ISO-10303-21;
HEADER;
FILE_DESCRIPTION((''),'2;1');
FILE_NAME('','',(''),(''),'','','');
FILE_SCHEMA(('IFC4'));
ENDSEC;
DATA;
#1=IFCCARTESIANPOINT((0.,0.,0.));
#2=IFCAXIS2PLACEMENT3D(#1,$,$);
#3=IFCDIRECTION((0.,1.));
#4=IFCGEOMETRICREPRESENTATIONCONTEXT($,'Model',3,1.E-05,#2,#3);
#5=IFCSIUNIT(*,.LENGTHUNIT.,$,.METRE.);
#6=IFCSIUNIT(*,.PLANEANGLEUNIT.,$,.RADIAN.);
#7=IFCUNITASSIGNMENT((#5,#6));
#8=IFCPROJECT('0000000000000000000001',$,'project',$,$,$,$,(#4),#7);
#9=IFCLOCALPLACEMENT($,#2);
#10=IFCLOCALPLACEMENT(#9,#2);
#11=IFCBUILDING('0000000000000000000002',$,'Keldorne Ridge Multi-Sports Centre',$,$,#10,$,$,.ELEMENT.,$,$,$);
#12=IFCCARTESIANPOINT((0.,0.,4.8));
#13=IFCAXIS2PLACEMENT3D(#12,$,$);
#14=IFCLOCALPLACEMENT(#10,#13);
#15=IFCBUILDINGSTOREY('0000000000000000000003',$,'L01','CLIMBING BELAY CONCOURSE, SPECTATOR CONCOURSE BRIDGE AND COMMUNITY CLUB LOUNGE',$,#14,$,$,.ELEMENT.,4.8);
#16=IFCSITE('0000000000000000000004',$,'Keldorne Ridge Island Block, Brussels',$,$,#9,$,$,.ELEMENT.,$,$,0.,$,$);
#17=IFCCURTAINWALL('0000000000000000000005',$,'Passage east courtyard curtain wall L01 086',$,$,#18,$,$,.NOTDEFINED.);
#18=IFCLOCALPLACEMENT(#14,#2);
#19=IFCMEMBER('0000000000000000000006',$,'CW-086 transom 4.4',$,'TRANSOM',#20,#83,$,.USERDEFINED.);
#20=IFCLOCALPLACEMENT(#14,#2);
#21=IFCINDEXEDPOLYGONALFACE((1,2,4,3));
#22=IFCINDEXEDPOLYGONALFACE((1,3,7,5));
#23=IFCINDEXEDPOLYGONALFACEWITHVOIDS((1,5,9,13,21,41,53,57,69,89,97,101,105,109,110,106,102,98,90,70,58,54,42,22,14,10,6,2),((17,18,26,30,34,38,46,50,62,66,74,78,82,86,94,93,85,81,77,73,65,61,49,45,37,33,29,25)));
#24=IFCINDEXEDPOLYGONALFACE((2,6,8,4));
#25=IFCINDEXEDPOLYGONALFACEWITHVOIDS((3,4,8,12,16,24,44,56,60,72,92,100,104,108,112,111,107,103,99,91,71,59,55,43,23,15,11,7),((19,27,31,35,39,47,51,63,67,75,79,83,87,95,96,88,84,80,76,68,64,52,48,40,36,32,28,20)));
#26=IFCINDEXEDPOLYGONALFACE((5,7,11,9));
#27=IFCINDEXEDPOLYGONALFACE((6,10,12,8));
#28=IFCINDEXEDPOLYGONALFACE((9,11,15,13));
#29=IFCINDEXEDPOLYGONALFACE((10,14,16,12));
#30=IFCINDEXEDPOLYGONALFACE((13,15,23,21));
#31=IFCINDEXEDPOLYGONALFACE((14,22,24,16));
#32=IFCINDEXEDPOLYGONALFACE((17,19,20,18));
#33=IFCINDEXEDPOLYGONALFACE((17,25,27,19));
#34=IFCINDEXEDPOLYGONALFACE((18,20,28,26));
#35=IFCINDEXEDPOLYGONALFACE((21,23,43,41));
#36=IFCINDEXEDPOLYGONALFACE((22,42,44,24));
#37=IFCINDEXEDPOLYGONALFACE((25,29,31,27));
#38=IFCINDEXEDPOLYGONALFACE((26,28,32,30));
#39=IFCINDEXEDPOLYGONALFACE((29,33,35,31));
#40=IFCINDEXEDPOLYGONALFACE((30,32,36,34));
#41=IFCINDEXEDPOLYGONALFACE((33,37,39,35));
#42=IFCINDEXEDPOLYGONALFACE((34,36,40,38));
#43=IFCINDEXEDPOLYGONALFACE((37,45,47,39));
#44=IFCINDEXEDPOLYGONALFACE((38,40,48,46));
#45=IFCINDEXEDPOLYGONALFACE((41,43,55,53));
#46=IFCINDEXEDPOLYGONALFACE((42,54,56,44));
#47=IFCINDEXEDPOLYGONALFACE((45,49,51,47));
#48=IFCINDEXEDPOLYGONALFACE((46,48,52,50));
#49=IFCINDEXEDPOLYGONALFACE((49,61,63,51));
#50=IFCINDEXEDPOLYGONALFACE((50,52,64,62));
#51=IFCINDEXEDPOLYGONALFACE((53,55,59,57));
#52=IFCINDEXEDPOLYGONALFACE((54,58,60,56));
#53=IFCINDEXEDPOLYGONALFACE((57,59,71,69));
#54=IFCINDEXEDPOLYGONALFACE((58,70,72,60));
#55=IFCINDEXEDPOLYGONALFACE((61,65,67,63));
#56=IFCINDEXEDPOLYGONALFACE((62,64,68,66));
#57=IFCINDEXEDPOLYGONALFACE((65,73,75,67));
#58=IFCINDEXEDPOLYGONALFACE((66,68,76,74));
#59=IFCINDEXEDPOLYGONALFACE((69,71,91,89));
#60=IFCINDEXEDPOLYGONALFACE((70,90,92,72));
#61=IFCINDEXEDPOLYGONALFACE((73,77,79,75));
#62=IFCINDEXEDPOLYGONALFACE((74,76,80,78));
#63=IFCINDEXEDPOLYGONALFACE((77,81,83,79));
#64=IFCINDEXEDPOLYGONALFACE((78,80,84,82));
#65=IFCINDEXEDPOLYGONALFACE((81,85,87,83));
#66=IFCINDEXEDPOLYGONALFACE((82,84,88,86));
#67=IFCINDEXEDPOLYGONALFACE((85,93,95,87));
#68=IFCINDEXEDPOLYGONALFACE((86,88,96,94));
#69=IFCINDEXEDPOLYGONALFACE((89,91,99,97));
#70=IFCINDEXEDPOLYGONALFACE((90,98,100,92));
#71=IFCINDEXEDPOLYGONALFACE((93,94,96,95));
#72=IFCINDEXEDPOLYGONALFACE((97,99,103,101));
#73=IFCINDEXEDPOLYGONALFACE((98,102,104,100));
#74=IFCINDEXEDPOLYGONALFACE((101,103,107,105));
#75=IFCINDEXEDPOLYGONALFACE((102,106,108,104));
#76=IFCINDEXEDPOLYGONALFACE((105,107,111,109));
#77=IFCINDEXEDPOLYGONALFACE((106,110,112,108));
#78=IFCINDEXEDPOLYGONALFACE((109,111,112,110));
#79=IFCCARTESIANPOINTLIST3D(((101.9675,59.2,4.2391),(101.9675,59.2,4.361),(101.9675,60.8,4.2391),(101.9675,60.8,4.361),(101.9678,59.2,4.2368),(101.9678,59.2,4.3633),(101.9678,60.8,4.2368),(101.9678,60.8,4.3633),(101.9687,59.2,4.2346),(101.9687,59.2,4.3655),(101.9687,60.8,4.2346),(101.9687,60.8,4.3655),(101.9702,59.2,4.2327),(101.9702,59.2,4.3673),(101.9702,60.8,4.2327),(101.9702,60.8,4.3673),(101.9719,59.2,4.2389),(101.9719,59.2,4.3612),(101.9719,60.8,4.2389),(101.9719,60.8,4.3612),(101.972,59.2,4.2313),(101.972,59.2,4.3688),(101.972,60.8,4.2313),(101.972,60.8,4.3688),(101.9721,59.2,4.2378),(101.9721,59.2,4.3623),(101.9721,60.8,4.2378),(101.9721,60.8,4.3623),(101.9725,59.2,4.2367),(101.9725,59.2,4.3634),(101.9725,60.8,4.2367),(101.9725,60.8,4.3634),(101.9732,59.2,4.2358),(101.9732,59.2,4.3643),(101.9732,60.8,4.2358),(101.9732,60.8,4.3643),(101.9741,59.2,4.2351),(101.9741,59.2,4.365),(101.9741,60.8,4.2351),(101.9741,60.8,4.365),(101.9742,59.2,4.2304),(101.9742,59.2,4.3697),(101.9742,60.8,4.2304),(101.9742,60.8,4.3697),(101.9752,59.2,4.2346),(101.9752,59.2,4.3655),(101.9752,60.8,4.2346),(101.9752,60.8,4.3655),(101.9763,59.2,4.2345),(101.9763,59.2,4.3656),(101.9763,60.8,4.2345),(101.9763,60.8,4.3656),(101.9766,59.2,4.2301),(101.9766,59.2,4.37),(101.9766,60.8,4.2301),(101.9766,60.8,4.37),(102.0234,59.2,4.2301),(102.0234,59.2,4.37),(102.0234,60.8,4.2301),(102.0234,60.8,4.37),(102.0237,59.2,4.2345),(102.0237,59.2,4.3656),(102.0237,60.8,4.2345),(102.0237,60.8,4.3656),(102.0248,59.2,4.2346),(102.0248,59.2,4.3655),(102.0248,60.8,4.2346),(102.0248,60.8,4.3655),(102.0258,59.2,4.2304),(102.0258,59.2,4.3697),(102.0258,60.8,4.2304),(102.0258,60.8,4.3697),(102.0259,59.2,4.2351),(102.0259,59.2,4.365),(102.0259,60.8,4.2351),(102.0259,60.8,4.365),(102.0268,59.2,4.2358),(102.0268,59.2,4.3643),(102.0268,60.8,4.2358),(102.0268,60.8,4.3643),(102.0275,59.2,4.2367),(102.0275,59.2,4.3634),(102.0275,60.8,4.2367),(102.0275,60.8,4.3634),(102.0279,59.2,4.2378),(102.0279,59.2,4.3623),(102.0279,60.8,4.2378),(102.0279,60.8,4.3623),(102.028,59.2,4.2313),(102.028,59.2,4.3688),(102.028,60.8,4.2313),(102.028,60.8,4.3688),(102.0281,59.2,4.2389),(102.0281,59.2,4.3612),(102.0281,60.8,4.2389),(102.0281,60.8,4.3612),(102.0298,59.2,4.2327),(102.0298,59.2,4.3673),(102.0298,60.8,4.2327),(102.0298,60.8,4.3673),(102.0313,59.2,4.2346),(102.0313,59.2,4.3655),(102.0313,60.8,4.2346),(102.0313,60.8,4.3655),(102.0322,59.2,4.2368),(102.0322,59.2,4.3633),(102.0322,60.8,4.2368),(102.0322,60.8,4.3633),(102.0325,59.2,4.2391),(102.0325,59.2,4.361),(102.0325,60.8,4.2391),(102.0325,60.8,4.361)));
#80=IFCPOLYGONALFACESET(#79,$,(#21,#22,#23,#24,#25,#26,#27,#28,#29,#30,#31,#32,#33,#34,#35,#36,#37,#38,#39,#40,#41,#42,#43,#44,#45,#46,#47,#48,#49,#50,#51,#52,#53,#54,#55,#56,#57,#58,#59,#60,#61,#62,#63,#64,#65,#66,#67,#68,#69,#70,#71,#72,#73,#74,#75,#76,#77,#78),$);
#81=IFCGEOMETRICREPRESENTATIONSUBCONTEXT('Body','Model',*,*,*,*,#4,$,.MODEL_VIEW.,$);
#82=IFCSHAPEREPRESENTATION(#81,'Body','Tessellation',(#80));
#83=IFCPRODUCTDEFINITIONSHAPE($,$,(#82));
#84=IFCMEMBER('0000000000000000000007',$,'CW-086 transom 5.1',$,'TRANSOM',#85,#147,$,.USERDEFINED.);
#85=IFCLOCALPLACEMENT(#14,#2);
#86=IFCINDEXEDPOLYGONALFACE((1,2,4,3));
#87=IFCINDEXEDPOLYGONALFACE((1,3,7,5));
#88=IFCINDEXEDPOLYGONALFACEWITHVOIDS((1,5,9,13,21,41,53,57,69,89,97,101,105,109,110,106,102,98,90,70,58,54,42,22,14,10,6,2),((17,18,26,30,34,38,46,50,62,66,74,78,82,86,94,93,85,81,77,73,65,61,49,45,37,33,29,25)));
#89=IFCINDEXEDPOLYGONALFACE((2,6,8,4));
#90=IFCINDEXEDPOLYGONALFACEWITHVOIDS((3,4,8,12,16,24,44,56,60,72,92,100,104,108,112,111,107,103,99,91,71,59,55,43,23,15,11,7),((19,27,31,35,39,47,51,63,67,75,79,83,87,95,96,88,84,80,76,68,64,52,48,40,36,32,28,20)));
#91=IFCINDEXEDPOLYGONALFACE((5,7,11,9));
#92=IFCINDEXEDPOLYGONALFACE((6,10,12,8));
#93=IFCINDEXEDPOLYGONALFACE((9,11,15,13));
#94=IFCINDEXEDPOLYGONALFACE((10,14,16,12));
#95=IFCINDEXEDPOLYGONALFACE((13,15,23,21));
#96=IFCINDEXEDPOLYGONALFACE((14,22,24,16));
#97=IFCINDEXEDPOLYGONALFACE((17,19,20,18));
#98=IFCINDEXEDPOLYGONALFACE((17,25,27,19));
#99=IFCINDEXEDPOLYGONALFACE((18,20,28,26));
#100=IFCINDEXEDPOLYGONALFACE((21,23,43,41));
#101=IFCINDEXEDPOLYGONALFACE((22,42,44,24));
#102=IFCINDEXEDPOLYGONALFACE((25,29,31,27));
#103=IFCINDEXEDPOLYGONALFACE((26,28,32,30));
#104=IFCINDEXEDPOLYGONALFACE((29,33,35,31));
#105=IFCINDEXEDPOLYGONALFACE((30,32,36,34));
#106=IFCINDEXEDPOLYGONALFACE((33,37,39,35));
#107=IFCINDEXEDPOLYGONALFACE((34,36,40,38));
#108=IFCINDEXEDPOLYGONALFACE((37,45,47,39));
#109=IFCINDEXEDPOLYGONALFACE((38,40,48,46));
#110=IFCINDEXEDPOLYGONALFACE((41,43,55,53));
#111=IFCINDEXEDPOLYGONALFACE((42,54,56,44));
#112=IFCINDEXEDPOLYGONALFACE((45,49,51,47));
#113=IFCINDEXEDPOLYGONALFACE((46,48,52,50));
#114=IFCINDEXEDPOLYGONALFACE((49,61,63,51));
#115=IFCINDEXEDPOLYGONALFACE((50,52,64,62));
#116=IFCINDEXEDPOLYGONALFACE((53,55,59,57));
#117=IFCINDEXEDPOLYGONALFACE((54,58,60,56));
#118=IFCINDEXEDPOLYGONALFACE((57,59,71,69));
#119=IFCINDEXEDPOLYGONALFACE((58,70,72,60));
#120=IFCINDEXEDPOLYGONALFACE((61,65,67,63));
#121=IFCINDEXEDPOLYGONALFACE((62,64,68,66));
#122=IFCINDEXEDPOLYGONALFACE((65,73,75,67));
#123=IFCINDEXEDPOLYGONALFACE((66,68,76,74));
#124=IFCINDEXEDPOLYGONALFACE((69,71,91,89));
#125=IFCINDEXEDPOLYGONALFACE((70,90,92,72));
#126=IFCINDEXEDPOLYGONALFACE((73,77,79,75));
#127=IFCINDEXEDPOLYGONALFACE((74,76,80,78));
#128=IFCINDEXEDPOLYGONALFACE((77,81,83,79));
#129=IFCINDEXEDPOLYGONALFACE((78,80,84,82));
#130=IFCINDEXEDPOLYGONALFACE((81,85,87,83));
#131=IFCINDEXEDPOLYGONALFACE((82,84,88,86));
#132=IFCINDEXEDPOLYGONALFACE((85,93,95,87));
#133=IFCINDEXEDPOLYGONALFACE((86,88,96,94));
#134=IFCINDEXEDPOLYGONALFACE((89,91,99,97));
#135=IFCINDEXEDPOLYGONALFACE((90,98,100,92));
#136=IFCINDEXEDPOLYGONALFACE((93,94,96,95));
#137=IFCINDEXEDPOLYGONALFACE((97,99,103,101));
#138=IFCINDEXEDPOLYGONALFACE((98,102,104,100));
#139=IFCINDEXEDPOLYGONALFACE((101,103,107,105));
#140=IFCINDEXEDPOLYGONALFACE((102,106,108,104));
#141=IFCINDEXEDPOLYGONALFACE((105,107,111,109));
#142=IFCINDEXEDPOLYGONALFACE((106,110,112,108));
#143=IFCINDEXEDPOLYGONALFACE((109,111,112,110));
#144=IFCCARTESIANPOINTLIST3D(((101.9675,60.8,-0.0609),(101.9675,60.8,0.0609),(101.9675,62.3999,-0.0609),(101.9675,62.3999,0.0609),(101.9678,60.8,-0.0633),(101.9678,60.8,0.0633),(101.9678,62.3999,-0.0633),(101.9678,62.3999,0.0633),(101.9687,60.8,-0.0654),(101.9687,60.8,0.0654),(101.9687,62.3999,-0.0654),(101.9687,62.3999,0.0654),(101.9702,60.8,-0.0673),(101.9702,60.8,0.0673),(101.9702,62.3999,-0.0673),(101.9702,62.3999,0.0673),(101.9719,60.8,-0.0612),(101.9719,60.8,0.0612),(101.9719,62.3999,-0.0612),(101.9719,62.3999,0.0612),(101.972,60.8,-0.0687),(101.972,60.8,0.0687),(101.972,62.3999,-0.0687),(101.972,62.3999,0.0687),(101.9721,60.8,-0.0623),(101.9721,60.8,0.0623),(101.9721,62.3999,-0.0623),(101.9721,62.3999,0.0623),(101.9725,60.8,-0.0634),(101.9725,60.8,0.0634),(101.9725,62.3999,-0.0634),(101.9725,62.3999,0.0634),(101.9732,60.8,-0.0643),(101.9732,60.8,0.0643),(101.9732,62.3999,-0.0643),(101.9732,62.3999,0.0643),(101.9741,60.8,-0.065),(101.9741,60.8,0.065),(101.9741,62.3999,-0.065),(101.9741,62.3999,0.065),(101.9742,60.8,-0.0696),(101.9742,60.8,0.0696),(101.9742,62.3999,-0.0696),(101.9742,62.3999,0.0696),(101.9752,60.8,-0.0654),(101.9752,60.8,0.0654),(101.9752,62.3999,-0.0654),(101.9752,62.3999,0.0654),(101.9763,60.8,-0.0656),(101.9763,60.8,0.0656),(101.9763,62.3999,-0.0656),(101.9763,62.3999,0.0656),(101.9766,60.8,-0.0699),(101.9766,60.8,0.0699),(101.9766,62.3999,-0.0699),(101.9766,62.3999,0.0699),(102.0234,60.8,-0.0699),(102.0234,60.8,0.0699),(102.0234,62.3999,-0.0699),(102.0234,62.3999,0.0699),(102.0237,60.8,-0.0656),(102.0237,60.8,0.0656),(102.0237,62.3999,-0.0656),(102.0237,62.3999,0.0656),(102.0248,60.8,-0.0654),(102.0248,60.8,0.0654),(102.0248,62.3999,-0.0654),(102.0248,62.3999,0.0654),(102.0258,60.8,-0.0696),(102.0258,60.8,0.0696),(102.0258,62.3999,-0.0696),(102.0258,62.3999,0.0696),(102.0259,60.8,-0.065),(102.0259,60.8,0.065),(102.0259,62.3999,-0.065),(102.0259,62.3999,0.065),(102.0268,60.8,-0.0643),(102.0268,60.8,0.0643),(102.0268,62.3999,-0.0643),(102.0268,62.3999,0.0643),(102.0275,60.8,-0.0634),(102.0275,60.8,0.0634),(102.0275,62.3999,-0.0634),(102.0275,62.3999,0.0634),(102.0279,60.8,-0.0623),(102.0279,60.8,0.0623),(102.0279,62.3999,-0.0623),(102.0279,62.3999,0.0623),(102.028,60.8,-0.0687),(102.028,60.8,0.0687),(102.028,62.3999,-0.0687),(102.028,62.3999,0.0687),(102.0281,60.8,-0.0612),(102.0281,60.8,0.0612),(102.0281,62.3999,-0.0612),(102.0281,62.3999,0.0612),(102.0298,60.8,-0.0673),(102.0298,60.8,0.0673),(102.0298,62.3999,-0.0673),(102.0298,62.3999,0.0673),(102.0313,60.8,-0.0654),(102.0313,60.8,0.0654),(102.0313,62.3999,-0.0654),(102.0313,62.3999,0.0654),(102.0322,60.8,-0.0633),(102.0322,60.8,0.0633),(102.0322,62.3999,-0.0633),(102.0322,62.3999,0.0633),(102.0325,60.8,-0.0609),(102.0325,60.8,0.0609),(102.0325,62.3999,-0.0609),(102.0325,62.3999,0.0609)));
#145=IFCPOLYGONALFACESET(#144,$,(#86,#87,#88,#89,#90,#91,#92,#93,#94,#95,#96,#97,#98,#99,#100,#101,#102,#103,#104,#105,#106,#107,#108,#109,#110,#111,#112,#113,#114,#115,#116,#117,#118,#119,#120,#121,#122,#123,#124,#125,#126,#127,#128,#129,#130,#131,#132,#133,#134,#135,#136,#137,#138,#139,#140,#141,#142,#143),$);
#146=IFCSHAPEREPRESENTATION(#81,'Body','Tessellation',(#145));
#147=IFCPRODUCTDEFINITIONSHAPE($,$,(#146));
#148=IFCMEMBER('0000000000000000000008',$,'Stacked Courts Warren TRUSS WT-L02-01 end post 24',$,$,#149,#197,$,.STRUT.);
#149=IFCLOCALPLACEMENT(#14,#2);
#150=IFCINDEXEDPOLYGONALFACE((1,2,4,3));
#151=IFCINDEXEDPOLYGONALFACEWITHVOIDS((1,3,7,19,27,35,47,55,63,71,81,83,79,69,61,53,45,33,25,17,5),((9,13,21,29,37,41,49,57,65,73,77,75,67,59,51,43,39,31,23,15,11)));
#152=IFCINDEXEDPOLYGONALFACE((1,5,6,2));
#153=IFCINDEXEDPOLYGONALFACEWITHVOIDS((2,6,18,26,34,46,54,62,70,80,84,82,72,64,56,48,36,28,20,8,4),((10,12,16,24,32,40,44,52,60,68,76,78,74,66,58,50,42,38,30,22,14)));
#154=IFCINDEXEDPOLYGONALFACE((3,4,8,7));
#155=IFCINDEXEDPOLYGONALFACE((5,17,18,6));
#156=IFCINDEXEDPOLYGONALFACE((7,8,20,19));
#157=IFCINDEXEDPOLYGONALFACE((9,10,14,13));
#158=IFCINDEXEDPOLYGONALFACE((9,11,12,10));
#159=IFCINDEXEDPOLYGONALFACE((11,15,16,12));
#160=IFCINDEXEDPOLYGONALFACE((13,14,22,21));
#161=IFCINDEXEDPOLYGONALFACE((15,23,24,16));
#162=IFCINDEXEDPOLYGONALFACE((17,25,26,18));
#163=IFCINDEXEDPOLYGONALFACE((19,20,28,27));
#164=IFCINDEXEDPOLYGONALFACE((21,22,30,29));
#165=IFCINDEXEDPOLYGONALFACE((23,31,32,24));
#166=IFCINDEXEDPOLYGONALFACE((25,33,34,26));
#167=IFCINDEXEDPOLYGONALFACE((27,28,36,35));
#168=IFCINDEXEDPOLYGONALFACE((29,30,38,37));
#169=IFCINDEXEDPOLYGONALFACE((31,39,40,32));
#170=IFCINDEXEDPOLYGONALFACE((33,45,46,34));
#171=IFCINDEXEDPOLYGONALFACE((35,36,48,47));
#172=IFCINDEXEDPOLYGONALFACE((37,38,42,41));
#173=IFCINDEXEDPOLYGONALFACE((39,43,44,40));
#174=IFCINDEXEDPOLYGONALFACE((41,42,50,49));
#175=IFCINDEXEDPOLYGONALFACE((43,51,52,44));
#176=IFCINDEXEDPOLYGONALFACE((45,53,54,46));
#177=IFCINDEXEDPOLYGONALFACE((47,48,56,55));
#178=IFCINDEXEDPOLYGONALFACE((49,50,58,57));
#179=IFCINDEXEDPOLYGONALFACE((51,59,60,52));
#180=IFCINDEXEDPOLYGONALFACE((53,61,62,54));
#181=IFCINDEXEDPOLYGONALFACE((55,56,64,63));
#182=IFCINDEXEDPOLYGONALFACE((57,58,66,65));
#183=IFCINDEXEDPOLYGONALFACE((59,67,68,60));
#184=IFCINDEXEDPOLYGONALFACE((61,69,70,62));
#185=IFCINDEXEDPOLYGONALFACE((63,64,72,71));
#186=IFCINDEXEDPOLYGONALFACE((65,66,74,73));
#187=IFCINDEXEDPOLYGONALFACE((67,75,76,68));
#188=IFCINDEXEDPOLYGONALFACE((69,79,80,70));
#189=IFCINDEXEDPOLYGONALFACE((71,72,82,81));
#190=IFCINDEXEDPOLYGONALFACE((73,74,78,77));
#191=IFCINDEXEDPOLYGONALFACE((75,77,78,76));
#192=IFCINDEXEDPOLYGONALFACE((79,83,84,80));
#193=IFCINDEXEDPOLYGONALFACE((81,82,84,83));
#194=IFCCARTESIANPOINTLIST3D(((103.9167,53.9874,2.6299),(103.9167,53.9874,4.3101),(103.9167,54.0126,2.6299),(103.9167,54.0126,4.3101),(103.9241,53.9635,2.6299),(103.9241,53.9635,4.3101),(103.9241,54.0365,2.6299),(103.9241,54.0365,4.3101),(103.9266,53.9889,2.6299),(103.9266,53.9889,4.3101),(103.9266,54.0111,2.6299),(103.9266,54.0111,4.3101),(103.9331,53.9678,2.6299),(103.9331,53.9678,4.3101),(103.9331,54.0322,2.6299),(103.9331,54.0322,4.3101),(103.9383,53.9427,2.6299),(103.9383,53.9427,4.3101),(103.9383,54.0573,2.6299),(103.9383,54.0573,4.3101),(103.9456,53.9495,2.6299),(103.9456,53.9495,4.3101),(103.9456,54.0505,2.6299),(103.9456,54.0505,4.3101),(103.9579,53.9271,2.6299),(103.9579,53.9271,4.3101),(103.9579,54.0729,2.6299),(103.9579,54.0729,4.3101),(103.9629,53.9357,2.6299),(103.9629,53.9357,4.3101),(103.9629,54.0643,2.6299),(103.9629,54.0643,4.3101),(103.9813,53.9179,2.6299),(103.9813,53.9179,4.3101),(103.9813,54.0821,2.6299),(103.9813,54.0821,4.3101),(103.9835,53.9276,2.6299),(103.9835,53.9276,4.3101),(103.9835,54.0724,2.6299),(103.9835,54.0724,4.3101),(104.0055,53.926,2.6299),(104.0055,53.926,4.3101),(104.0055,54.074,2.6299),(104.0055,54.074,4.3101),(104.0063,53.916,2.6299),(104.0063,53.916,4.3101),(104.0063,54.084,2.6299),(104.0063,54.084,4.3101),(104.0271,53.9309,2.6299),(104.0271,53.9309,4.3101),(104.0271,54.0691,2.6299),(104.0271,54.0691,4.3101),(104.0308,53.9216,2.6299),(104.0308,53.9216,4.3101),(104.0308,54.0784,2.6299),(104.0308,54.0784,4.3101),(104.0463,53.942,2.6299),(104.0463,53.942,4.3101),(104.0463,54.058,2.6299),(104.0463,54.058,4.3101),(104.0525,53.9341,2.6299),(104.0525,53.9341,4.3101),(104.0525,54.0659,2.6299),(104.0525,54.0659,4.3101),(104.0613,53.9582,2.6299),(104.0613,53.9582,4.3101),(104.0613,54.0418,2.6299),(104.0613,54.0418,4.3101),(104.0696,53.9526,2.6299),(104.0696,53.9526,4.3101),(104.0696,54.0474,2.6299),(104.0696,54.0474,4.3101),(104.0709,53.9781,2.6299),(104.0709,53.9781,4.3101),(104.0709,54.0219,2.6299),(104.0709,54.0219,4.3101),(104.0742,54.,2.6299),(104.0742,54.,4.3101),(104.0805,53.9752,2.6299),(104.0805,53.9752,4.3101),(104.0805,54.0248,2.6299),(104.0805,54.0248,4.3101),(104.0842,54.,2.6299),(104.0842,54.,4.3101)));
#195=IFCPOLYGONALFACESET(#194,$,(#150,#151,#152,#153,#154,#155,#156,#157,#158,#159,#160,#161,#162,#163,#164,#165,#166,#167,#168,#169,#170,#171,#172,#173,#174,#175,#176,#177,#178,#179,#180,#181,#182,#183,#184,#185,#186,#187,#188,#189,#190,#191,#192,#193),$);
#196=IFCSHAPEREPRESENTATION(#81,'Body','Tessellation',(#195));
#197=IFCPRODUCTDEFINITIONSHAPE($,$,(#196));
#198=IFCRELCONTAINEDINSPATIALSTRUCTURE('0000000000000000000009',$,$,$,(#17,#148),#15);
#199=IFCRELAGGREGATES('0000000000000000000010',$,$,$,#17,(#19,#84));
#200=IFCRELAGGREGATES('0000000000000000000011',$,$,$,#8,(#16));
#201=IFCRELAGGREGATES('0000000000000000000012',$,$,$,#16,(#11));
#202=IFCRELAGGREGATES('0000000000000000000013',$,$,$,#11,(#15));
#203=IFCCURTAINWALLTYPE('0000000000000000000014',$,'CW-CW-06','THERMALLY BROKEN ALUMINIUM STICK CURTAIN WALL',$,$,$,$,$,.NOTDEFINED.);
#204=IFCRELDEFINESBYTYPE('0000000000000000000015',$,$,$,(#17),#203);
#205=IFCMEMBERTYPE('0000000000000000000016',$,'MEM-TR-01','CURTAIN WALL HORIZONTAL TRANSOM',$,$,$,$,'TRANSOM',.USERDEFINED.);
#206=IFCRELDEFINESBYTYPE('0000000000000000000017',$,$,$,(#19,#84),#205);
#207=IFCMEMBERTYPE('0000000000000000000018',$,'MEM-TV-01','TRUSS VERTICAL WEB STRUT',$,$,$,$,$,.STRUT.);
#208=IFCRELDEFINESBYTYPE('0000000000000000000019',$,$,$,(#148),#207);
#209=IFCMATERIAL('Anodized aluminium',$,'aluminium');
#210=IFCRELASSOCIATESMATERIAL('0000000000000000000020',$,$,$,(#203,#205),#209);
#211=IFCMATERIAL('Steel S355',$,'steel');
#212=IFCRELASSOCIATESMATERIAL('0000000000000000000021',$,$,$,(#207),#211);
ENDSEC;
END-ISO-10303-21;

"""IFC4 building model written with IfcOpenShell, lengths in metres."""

from ifc_helpers import new_model, si_unit, direction, frame, origin, origin_2d, place, context, subcontext, project, spatial, hollow_rectangle, hollow_circle, extrude, material, material_profile, profile_set, type_object, element, aggregate, save


model = new_model("IFC4")

# Units and contexts
model_context = context("Model", 3, precision=1e-05, world=origin(), true_north=direction((0.0, 1.0)))
body_context = subcontext(model_context, "Body", "Model", "MODEL_VIEW")
ifc_project = project(units=[si_unit("LENGTHUNIT", "METRE"), si_unit("PLANEANGLEUNIT", "RADIAN")], contexts=[model_context])

# Site, building, storey
site_placement = place(None, origin())
site = spatial("IfcSite", under=ifc_project, at=site_placement, Name="Keldorne Ridge Island Block, Brussels", CompositionType="ELEMENT", RefElevation=0.0)
building_placement = place(site_placement, origin())
building = spatial("IfcBuilding", under=site, at=building_placement, Name="Keldorne Ridge Multi-Sports Centre", CompositionType="ELEMENT")
storey_placement = place(building_placement, frame((0.0, 0.0, 4.8)))
storey = spatial("IfcBuildingStorey", under=building, at=storey_placement, Name="L01", Description="CLIMBING BELAY CONCOURSE, SPECTATOR CONCOURSE BRIDGE AND COMMUNITY CLUB LOUNGE", CompositionType="ELEMENT", Elevation=4.8)

# Shared definitions
ifc_material_1 = material(Name="Steel S355", Category="steel")

# Curtain wall, members
ifc_material_2 = material(Name="Anodized aluminium", Category="aluminium")
curtain_wall_type = type_object("IfcCurtainWallType", Name="CW-CW-06", Description="THERMALLY BROKEN ALUMINIUM STICK CURTAIN WALL", PredefinedType="NOTDEFINED", material=ifc_material_2)
curtain_wall_placement = place(storey_placement, origin())
curtain_wall = element("IfcCurtainWall", 1, at=curtain_wall_placement, inside=storey, type_object=curtain_wall_type, Name="Passage east courtyard curtain wall L01 086", PredefinedType="NOTDEFINED")
ifc_material_profile_1 = material_profile(ifc_material_2, hollow_rectangle(XDim=0.0649, YDim=0.1399, WallThickness=0.0044, InnerFilletRadius=0.0044, OuterFilletRadius=0.009, at=origin_2d()), Name="ALU TRANSOM 140x65x4.5")
ifc_profile_set_1 = profile_set([ifc_material_profile_1], Name="Anodized aluminium")
member_type_1 = type_object("IfcMemberType", Name="MEM-TR-01", Description="CURTAIN WALL HORIZONTAL TRANSOM", ElementType="TRANSOM", PredefinedType="USERDEFINED", material=ifc_profile_set_1)
member_1_placement = place(storey_placement, frame((102.0, 59.2, 4.3), z_axis=(0.0, 1.0, 0.0), x_axis=(-1.0, 0.0, 0.0)))
member_1 = element("IfcMember", 2, at=member_1_placement, type_object=member_type_1, Name="CW-086 transom 4.4", ObjectType="TRANSOM", PredefinedType="USERDEFINED", context=body_context, shape_type="SweptSolid", body=[
    extrude(hollow_rectangle(XDim=0.0649, YDim=0.1399, WallThickness=0.0044, InnerFilletRadius=0.0044, OuterFilletRadius=0.009, at=origin_2d()), origin(), (0.0, 0.0, 1.0), 1.6001),
])
member_2_placement = place(storey_placement, frame((102.0, 60.8, 0.0), z_axis=(0.0, 1.0, 0.0), x_axis=(-1.0, 0.0, 0.0)))
member_2 = element("IfcMember", 3, at=member_2_placement, type_object=member_type_1, Name="CW-086 transom 5.1", ObjectType="TRANSOM", PredefinedType="USERDEFINED", context=body_context, shape_type="SweptSolid", body=[
    extrude(hollow_rectangle(XDim=0.0649, YDim=0.1399, WallThickness=0.0044, InnerFilletRadius=0.0044, OuterFilletRadius=0.009, at=origin_2d()), origin(), (0.0, 0.0, 1.0), 1.5999),
])

# Member
ifc_material_profile_2 = material_profile(ifc_material_1, hollow_circle(Radius=0.0842, WallThickness=0.01, at=origin_2d()), Name="CHS 168.3x10")
ifc_profile_set_2 = profile_set([ifc_material_profile_2], Name="Steel S355")
member_type_2 = type_object("IfcMemberType", Name="MEM-TV-01", Description="TRUSS VERTICAL WEB STRUT", PredefinedType="STRUT", material=ifc_profile_set_2)
member_3_placement = place(storey_placement, frame((104.0, 54.0, 2.6299), z_axis=(0.0, 0.0, 1.0), x_axis=(1.0, 0.0, 0.0)))
element("IfcMember", 4, at=member_3_placement, inside=storey, type_object=member_type_2, Name="Stacked Courts Warren TRUSS WT-L02-01 end post 24", PredefinedType="STRUT", context=body_context, shape_type="SweptSolid", body=[
    extrude(hollow_circle(Radius=0.0842, WallThickness=0.01, at=origin_2d()), origin(), (0.0, 0.0, 1.0), 1.6802),
])

aggregate(curtain_wall, [member_1, member_2])

save(model, "model.ifc")
